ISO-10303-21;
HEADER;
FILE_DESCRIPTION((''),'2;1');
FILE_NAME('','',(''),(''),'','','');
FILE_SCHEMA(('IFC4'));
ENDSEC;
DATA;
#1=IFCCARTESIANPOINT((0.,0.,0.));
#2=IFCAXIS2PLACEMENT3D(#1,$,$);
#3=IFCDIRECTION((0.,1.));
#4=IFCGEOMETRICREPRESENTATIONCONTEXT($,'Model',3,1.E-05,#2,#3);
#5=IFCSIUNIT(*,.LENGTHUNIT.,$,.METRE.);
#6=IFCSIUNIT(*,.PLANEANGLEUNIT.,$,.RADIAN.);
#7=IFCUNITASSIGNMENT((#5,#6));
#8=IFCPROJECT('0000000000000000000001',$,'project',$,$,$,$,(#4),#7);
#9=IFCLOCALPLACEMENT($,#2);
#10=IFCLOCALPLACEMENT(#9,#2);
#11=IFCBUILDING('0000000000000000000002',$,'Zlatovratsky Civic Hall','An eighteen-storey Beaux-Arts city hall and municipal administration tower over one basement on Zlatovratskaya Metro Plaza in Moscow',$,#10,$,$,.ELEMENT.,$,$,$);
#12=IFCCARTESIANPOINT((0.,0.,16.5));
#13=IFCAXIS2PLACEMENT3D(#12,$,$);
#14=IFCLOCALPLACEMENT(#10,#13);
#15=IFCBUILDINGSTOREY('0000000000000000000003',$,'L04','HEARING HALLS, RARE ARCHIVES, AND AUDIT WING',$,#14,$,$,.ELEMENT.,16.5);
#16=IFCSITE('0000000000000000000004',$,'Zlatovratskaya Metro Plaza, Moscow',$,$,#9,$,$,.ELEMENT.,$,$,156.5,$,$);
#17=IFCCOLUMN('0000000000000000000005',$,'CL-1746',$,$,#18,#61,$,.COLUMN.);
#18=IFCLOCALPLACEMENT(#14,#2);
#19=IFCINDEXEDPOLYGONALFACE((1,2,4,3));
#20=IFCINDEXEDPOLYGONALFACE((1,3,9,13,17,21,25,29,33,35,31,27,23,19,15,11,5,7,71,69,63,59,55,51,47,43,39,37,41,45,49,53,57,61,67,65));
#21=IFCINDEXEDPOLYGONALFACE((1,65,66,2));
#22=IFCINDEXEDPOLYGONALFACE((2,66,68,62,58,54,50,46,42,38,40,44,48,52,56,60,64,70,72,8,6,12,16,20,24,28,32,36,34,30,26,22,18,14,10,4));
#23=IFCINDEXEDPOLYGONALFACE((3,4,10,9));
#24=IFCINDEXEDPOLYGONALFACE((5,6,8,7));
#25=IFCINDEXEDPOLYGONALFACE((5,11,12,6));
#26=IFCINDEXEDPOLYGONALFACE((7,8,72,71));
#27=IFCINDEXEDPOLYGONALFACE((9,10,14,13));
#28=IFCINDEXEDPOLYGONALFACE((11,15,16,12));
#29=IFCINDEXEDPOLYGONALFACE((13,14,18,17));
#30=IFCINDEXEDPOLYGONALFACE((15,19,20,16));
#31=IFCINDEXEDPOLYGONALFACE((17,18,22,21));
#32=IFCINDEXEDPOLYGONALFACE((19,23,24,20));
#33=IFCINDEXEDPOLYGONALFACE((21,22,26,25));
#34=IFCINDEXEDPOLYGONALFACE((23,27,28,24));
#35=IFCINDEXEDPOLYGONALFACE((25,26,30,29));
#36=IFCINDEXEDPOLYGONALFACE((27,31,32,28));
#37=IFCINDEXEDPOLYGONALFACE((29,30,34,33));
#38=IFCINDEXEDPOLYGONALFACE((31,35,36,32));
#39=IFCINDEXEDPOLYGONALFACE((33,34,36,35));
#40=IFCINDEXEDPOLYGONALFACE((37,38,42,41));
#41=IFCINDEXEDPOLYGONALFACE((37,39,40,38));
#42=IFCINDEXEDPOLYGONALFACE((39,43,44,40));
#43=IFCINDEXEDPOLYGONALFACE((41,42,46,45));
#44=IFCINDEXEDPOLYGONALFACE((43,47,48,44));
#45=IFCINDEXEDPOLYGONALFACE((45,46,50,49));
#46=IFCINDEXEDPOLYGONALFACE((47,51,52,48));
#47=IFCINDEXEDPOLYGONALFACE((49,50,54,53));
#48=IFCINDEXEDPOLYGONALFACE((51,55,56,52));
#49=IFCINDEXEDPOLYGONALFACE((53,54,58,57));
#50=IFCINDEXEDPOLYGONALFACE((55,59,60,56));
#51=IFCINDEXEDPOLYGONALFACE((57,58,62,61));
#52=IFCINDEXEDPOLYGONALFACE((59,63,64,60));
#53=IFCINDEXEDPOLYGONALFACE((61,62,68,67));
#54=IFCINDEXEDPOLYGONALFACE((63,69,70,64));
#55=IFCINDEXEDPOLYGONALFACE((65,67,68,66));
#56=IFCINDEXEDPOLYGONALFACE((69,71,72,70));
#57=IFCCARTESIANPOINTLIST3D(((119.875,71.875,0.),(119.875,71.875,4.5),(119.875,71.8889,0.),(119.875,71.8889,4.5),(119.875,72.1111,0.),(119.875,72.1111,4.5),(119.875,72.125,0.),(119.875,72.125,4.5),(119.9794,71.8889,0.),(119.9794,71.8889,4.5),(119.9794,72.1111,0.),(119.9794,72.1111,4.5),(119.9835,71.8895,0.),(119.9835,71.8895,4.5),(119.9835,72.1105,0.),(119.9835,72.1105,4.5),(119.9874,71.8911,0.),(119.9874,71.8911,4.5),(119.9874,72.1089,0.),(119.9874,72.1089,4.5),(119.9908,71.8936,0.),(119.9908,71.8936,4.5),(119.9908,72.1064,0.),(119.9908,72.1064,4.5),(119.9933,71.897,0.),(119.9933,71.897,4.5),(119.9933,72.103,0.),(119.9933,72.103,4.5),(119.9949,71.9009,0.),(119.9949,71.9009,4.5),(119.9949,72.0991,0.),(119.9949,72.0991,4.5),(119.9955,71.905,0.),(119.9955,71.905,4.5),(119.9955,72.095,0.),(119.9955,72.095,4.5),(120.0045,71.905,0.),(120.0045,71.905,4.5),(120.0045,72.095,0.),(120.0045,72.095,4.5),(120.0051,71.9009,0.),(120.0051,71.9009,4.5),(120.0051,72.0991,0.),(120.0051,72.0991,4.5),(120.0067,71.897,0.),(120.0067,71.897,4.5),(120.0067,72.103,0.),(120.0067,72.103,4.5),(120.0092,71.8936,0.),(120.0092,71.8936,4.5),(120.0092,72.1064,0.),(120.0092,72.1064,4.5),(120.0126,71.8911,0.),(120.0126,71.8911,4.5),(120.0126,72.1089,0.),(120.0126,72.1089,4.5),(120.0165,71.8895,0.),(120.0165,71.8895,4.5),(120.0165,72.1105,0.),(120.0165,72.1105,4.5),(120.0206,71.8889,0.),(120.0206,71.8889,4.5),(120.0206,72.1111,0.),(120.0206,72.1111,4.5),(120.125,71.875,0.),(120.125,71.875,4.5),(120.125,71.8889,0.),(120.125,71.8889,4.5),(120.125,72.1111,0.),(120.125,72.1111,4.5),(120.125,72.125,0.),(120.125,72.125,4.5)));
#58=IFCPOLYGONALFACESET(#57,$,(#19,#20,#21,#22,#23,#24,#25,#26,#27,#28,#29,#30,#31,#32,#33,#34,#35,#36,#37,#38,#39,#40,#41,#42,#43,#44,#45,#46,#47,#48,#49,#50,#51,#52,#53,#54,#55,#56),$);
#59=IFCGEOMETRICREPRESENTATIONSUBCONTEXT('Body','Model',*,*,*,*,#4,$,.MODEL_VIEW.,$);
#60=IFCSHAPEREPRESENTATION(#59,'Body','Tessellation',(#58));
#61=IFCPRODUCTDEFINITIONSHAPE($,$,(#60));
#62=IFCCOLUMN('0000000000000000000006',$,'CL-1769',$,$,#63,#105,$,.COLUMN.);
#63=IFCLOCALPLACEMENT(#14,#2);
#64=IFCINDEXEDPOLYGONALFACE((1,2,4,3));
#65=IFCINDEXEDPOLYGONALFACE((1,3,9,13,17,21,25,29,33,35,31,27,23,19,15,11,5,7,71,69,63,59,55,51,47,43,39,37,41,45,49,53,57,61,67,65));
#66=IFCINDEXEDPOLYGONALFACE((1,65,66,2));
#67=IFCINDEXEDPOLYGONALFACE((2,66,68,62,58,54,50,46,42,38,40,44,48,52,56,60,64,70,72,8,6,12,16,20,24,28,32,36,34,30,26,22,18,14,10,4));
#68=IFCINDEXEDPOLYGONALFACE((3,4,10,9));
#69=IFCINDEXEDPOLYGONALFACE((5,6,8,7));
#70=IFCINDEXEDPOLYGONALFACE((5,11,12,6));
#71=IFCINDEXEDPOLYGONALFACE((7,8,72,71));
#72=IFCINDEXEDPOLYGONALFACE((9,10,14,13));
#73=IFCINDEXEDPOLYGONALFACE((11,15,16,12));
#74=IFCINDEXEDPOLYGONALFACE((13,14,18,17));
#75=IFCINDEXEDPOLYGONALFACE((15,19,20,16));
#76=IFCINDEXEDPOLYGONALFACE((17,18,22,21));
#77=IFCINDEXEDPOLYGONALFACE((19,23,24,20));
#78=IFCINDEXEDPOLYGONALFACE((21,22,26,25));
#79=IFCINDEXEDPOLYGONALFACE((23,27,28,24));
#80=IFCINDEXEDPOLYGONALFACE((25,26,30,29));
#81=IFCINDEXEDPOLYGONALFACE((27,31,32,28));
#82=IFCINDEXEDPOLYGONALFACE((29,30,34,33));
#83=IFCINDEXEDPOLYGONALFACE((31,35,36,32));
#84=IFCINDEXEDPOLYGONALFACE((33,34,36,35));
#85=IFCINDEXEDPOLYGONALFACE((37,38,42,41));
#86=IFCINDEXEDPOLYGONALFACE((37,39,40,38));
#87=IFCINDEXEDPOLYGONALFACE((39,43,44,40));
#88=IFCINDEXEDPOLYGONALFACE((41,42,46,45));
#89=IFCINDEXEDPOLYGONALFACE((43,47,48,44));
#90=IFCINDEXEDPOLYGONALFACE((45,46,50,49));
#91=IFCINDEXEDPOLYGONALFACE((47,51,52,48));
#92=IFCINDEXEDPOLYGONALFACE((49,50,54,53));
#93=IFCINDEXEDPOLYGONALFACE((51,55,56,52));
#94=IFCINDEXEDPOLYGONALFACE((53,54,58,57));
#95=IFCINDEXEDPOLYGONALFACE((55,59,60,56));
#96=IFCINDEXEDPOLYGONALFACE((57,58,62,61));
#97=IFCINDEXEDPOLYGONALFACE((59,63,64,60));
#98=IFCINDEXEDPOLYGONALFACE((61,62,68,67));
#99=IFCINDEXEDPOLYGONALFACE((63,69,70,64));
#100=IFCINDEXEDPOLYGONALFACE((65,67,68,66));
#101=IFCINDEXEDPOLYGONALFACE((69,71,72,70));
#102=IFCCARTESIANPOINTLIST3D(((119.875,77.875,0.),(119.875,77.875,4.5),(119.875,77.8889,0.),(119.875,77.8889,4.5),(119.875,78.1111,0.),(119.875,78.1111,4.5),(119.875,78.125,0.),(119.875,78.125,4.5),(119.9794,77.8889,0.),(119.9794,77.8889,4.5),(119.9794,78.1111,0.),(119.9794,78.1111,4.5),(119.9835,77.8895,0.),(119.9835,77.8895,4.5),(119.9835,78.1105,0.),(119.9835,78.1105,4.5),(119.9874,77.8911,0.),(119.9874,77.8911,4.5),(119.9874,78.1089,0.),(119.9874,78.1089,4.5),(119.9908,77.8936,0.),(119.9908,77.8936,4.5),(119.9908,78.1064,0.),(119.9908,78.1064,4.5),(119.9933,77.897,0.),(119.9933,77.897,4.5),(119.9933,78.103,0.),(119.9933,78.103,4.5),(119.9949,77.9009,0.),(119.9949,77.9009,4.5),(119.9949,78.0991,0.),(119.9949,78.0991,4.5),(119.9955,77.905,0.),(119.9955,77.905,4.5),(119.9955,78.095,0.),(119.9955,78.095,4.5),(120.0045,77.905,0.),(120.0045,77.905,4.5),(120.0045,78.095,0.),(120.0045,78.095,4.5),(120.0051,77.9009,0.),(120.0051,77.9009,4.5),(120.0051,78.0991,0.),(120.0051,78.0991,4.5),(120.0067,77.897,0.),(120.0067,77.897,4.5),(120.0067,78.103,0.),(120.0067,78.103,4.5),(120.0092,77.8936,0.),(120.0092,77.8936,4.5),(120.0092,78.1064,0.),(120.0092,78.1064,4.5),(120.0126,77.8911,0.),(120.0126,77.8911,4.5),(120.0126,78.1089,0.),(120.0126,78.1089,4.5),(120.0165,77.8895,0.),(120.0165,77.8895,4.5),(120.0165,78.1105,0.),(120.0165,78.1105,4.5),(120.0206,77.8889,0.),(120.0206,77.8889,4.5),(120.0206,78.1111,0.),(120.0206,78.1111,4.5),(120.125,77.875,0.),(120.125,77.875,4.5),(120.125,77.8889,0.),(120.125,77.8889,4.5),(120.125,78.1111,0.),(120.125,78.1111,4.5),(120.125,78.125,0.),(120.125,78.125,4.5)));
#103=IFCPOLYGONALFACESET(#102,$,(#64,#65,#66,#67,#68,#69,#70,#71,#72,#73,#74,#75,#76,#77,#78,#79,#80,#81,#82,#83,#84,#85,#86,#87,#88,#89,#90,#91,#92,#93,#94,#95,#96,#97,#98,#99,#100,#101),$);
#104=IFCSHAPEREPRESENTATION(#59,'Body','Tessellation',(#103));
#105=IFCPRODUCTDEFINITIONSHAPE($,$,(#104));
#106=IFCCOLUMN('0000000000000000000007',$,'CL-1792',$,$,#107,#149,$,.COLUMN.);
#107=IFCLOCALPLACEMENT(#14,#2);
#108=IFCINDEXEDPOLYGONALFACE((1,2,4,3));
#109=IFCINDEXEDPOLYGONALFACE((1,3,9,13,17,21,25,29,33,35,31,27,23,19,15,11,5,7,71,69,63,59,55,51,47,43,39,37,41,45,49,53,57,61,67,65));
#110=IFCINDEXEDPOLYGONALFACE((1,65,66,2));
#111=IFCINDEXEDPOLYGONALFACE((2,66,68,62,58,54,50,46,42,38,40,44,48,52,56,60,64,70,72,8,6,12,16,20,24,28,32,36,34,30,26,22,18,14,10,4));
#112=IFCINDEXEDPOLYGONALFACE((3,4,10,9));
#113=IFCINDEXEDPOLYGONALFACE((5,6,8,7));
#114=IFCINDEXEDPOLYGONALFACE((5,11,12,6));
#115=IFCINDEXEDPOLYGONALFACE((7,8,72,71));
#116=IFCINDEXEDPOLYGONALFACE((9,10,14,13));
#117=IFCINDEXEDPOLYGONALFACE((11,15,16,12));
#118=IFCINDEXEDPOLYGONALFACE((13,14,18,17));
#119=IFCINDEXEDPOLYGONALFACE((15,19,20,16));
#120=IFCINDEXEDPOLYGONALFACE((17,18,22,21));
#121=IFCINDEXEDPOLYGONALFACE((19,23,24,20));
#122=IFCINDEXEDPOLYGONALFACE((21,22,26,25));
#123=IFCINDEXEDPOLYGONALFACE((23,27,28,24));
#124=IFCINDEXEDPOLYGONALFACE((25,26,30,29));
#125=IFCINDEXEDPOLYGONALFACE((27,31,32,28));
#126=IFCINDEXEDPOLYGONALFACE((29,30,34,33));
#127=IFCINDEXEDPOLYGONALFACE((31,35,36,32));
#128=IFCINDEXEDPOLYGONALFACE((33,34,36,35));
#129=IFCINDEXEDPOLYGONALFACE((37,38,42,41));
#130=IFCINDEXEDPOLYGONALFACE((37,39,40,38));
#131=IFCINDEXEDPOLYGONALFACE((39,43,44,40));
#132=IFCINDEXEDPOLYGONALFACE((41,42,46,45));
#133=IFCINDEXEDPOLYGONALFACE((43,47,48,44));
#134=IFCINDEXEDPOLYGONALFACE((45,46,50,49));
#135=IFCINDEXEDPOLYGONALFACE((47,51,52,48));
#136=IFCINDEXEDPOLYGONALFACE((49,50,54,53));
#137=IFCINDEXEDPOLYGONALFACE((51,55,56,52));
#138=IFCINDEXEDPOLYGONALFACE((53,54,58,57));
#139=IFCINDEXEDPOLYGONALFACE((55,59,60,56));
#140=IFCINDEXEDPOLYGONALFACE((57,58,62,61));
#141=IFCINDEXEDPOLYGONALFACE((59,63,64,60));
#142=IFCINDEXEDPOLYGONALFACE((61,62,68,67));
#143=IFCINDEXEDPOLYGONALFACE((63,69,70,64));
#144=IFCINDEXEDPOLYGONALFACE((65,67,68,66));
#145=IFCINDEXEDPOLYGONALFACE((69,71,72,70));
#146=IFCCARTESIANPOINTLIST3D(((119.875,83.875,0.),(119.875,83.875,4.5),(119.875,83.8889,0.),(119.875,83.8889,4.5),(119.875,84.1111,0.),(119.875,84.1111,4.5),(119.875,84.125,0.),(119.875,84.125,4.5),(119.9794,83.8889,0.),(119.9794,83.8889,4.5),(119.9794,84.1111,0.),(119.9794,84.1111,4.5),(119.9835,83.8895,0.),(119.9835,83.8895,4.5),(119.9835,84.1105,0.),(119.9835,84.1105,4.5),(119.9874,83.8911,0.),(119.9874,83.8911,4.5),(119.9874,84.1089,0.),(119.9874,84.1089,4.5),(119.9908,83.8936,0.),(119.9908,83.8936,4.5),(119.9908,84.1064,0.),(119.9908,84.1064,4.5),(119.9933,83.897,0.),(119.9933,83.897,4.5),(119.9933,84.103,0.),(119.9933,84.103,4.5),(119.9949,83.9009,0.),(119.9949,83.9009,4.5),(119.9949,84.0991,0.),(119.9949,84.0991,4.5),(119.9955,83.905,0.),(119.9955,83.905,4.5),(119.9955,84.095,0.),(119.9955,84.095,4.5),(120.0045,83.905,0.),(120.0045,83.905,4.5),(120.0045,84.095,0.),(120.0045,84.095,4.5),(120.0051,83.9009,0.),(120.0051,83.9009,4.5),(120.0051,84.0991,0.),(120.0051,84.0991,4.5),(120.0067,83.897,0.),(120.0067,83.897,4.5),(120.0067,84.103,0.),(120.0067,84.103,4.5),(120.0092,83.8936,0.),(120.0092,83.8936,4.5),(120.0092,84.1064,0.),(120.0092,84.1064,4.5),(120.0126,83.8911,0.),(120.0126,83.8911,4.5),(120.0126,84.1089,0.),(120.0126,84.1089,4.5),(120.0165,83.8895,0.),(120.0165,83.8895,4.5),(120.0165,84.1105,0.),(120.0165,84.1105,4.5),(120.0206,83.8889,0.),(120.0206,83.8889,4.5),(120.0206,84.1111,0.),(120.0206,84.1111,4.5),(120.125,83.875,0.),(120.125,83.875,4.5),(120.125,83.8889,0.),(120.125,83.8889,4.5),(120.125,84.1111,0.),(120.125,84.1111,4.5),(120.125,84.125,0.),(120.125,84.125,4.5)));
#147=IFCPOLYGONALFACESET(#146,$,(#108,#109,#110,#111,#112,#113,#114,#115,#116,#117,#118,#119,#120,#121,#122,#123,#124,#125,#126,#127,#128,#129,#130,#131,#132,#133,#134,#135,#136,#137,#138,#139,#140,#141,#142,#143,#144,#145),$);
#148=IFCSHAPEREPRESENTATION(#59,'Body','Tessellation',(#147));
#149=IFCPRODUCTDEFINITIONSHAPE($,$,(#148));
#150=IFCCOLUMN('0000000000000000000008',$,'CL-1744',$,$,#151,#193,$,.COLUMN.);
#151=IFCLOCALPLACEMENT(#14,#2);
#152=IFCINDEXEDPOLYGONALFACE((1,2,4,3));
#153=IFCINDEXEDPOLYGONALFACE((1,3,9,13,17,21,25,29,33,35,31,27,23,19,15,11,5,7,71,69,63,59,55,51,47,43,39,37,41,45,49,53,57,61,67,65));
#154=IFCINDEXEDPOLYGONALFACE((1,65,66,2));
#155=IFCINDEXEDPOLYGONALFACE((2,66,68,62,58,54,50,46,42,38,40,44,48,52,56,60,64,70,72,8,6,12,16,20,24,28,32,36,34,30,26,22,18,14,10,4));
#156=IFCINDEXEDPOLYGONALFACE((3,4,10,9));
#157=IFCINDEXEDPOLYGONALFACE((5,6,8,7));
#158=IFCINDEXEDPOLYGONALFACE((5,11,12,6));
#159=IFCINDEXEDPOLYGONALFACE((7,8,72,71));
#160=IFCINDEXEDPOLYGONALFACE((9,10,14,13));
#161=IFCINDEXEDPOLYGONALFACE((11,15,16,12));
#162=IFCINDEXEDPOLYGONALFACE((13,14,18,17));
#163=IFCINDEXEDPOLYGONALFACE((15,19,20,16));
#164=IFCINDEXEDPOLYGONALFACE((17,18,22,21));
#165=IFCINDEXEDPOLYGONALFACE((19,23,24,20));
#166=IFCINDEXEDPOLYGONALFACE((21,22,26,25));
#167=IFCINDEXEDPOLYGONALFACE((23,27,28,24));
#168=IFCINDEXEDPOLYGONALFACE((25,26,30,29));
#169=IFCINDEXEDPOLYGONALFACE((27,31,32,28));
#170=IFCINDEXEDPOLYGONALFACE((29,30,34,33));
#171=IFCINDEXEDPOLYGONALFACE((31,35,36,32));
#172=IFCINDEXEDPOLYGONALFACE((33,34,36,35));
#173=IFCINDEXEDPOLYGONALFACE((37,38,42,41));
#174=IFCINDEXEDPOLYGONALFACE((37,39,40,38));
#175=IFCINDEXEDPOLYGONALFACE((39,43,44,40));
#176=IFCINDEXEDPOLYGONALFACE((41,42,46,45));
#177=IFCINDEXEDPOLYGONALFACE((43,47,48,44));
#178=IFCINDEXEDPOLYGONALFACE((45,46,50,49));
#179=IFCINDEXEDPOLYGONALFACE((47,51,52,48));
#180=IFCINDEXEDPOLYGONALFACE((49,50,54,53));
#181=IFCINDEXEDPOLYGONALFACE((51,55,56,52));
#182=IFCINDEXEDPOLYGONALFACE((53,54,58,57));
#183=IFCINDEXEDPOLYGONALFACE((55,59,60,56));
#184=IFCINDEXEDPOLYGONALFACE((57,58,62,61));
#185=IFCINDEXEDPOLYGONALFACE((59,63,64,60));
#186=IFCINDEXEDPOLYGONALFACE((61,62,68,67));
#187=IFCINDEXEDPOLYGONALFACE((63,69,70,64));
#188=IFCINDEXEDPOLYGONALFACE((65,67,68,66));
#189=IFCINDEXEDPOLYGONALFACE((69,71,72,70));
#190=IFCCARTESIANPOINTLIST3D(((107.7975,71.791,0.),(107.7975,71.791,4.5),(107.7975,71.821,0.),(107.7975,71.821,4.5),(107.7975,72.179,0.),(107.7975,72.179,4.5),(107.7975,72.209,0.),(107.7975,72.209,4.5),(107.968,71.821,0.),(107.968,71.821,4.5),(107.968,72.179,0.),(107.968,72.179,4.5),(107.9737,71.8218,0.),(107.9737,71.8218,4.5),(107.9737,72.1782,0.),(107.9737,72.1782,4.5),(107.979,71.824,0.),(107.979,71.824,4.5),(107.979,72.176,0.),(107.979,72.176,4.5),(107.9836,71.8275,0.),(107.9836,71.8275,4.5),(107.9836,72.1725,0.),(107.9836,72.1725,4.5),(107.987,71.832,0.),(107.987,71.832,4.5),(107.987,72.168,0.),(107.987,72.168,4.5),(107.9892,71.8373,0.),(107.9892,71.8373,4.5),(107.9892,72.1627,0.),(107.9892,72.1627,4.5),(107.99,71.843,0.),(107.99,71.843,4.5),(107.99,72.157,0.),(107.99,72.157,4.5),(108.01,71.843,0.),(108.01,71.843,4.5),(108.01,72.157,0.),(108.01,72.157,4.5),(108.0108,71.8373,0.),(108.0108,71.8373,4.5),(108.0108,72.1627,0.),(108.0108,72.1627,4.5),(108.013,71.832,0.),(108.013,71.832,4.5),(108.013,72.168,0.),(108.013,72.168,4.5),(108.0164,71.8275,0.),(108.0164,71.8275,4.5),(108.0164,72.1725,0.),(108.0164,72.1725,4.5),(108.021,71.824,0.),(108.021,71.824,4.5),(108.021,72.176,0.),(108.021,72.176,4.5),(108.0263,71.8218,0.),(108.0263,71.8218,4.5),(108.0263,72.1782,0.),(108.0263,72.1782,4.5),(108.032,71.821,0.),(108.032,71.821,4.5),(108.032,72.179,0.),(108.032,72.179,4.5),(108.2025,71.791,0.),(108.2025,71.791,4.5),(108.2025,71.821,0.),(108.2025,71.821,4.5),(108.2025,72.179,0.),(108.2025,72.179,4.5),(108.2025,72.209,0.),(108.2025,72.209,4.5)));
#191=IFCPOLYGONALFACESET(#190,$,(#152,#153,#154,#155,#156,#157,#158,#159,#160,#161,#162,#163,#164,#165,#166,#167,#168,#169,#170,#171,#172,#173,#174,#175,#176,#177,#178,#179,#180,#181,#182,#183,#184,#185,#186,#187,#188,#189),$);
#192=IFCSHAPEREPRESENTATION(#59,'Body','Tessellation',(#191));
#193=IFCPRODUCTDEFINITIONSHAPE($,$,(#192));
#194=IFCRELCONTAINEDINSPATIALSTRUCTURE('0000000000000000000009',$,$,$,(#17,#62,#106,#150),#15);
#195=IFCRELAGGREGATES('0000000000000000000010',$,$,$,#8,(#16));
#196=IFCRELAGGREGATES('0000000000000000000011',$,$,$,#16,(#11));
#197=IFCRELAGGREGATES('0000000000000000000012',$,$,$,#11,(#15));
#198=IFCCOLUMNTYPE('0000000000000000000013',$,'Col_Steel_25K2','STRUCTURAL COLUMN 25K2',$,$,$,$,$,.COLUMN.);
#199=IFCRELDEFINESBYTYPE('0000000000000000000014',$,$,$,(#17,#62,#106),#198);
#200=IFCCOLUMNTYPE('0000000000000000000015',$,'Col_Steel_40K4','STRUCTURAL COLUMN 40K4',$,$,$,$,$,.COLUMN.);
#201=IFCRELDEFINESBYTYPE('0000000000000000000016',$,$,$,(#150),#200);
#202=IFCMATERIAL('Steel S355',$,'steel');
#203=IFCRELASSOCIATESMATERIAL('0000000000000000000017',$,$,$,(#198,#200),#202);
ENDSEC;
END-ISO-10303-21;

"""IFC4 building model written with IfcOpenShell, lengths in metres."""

from ifc_helpers import new_model, si_unit, direction, frame, origin, origin_2d, place, context, subcontext, project, spatial, i_section, extrude, material, material_profile, profile_set, type_object, element, save


model = new_model("IFC4")

# Units and contexts
model_context = context("Model", 3, precision=1e-05, world=origin(), true_north=direction((0.0, 1.0)))
body_context = subcontext(model_context, "Body", "Model", "MODEL_VIEW")
ifc_project = project(units=[si_unit("LENGTHUNIT", "METRE"), si_unit("PLANEANGLEUNIT", "RADIAN")], contexts=[model_context])

# Site, building, storey
site_placement = place(None, origin())
site = spatial("IfcSite", under=ifc_project, at=site_placement, Name="Zlatovratskaya Metro Plaza, Moscow", CompositionType="ELEMENT", RefElevation=156.5)
building_placement = place(site_placement, origin())
building = spatial("IfcBuilding", under=site, at=building_placement, Name="Zlatovratsky Civic Hall", Description="An eighteen-storey Beaux-Arts city hall and municipal administration tower over one basement on Zlatovratskaya Metro Plaza in Moscow", CompositionType="ELEMENT")
storey_placement = place(building_placement, frame((0.0, 0.0, 16.5)))
storey = spatial("IfcBuildingStorey", under=building, at=storey_placement, Name="L04", Description="HEARING HALLS, RARE ARCHIVES, AND AUDIT WING", CompositionType="ELEMENT", Elevation=16.5)

# Columns
ifc_material_1 = material(Name="Steel S355", Category="steel")
ifc_material_profile_1 = material_profile(ifc_material_1, i_section(OverallWidth=0.25, OverallDepth=0.25, WebThickness=0.009, FlangeThickness=0.0139, FilletRadius=0.0161, at=origin_2d()), Name="25K2")
ifc_profile_set_1 = profile_set([ifc_material_profile_1], Name="Steel S355")
column_type_1 = type_object("IfcColumnType", Name="Col_Steel_25K2", Description="STRUCTURAL COLUMN 25K2", PredefinedType="COLUMN", material=ifc_profile_set_1)
for number, where, z_axis, x_axis, name in (
    (1, (120.0, 72.0, 0.0), (0.0, 0.0, 1.0), (1.0, 0.0, 0.0), "CL-1746"),
    (2, (120.0, 78.0, 0.0), (0.0, 0.0, 1.0), (1.0, 0.0, 0.0), "CL-1769"),
    (3, (120.0, 84.0, 0.0), (0.0, 0.0, 1.0), (1.0, 0.0, 0.0), "CL-1792"),
):
    element("IfcColumn", number, at=place(storey_placement, frame(where, z_axis=z_axis, x_axis=x_axis)), inside=storey, type_object=column_type_1, Name=name, PredefinedType="COLUMN", context=body_context, shape_type="SweptSolid", body=[
        extrude(i_section(OverallWidth=0.25, OverallDepth=0.25, WebThickness=0.009, FlangeThickness=0.0139, FilletRadius=0.0161, at=origin_2d()), origin(), (0.0, 0.0, 1.0), 4.5),
    ])
ifc_material_profile_2 = material_profile(ifc_material_1, i_section(OverallWidth=0.405, OverallDepth=0.418, WebThickness=0.02, FlangeThickness=0.03, FilletRadius=0.022, at=origin_2d()), Name="40K4")
ifc_profile_set_2 = profile_set([ifc_material_profile_2], Name="Steel S355")
column_type_2 = type_object("IfcColumnType", Name="Col_Steel_40K4", Description="STRUCTURAL COLUMN 40K4", PredefinedType="COLUMN", material=ifc_profile_set_2)
for number, where, z_axis, x_axis, name in (
    (4, (108.0, 72.0, 0.0), (0.0, 0.0, 1.0), (1.0, 0.0, 0.0), "CL-1744"),
):
    element("IfcColumn", number, at=place(storey_placement, frame(where, z_axis=z_axis, x_axis=x_axis)), inside=storey, type_object=column_type_2, Name=name, PredefinedType="COLUMN", context=body_context, shape_type="SweptSolid", body=[
        extrude(i_section(OverallWidth=0.405, OverallDepth=0.418, WebThickness=0.02, FlangeThickness=0.03, FilletRadius=0.022, at=origin_2d()), origin(), (0.0, 0.0, 1.0), 4.5),
    ])

save(model, "model.ifc")
